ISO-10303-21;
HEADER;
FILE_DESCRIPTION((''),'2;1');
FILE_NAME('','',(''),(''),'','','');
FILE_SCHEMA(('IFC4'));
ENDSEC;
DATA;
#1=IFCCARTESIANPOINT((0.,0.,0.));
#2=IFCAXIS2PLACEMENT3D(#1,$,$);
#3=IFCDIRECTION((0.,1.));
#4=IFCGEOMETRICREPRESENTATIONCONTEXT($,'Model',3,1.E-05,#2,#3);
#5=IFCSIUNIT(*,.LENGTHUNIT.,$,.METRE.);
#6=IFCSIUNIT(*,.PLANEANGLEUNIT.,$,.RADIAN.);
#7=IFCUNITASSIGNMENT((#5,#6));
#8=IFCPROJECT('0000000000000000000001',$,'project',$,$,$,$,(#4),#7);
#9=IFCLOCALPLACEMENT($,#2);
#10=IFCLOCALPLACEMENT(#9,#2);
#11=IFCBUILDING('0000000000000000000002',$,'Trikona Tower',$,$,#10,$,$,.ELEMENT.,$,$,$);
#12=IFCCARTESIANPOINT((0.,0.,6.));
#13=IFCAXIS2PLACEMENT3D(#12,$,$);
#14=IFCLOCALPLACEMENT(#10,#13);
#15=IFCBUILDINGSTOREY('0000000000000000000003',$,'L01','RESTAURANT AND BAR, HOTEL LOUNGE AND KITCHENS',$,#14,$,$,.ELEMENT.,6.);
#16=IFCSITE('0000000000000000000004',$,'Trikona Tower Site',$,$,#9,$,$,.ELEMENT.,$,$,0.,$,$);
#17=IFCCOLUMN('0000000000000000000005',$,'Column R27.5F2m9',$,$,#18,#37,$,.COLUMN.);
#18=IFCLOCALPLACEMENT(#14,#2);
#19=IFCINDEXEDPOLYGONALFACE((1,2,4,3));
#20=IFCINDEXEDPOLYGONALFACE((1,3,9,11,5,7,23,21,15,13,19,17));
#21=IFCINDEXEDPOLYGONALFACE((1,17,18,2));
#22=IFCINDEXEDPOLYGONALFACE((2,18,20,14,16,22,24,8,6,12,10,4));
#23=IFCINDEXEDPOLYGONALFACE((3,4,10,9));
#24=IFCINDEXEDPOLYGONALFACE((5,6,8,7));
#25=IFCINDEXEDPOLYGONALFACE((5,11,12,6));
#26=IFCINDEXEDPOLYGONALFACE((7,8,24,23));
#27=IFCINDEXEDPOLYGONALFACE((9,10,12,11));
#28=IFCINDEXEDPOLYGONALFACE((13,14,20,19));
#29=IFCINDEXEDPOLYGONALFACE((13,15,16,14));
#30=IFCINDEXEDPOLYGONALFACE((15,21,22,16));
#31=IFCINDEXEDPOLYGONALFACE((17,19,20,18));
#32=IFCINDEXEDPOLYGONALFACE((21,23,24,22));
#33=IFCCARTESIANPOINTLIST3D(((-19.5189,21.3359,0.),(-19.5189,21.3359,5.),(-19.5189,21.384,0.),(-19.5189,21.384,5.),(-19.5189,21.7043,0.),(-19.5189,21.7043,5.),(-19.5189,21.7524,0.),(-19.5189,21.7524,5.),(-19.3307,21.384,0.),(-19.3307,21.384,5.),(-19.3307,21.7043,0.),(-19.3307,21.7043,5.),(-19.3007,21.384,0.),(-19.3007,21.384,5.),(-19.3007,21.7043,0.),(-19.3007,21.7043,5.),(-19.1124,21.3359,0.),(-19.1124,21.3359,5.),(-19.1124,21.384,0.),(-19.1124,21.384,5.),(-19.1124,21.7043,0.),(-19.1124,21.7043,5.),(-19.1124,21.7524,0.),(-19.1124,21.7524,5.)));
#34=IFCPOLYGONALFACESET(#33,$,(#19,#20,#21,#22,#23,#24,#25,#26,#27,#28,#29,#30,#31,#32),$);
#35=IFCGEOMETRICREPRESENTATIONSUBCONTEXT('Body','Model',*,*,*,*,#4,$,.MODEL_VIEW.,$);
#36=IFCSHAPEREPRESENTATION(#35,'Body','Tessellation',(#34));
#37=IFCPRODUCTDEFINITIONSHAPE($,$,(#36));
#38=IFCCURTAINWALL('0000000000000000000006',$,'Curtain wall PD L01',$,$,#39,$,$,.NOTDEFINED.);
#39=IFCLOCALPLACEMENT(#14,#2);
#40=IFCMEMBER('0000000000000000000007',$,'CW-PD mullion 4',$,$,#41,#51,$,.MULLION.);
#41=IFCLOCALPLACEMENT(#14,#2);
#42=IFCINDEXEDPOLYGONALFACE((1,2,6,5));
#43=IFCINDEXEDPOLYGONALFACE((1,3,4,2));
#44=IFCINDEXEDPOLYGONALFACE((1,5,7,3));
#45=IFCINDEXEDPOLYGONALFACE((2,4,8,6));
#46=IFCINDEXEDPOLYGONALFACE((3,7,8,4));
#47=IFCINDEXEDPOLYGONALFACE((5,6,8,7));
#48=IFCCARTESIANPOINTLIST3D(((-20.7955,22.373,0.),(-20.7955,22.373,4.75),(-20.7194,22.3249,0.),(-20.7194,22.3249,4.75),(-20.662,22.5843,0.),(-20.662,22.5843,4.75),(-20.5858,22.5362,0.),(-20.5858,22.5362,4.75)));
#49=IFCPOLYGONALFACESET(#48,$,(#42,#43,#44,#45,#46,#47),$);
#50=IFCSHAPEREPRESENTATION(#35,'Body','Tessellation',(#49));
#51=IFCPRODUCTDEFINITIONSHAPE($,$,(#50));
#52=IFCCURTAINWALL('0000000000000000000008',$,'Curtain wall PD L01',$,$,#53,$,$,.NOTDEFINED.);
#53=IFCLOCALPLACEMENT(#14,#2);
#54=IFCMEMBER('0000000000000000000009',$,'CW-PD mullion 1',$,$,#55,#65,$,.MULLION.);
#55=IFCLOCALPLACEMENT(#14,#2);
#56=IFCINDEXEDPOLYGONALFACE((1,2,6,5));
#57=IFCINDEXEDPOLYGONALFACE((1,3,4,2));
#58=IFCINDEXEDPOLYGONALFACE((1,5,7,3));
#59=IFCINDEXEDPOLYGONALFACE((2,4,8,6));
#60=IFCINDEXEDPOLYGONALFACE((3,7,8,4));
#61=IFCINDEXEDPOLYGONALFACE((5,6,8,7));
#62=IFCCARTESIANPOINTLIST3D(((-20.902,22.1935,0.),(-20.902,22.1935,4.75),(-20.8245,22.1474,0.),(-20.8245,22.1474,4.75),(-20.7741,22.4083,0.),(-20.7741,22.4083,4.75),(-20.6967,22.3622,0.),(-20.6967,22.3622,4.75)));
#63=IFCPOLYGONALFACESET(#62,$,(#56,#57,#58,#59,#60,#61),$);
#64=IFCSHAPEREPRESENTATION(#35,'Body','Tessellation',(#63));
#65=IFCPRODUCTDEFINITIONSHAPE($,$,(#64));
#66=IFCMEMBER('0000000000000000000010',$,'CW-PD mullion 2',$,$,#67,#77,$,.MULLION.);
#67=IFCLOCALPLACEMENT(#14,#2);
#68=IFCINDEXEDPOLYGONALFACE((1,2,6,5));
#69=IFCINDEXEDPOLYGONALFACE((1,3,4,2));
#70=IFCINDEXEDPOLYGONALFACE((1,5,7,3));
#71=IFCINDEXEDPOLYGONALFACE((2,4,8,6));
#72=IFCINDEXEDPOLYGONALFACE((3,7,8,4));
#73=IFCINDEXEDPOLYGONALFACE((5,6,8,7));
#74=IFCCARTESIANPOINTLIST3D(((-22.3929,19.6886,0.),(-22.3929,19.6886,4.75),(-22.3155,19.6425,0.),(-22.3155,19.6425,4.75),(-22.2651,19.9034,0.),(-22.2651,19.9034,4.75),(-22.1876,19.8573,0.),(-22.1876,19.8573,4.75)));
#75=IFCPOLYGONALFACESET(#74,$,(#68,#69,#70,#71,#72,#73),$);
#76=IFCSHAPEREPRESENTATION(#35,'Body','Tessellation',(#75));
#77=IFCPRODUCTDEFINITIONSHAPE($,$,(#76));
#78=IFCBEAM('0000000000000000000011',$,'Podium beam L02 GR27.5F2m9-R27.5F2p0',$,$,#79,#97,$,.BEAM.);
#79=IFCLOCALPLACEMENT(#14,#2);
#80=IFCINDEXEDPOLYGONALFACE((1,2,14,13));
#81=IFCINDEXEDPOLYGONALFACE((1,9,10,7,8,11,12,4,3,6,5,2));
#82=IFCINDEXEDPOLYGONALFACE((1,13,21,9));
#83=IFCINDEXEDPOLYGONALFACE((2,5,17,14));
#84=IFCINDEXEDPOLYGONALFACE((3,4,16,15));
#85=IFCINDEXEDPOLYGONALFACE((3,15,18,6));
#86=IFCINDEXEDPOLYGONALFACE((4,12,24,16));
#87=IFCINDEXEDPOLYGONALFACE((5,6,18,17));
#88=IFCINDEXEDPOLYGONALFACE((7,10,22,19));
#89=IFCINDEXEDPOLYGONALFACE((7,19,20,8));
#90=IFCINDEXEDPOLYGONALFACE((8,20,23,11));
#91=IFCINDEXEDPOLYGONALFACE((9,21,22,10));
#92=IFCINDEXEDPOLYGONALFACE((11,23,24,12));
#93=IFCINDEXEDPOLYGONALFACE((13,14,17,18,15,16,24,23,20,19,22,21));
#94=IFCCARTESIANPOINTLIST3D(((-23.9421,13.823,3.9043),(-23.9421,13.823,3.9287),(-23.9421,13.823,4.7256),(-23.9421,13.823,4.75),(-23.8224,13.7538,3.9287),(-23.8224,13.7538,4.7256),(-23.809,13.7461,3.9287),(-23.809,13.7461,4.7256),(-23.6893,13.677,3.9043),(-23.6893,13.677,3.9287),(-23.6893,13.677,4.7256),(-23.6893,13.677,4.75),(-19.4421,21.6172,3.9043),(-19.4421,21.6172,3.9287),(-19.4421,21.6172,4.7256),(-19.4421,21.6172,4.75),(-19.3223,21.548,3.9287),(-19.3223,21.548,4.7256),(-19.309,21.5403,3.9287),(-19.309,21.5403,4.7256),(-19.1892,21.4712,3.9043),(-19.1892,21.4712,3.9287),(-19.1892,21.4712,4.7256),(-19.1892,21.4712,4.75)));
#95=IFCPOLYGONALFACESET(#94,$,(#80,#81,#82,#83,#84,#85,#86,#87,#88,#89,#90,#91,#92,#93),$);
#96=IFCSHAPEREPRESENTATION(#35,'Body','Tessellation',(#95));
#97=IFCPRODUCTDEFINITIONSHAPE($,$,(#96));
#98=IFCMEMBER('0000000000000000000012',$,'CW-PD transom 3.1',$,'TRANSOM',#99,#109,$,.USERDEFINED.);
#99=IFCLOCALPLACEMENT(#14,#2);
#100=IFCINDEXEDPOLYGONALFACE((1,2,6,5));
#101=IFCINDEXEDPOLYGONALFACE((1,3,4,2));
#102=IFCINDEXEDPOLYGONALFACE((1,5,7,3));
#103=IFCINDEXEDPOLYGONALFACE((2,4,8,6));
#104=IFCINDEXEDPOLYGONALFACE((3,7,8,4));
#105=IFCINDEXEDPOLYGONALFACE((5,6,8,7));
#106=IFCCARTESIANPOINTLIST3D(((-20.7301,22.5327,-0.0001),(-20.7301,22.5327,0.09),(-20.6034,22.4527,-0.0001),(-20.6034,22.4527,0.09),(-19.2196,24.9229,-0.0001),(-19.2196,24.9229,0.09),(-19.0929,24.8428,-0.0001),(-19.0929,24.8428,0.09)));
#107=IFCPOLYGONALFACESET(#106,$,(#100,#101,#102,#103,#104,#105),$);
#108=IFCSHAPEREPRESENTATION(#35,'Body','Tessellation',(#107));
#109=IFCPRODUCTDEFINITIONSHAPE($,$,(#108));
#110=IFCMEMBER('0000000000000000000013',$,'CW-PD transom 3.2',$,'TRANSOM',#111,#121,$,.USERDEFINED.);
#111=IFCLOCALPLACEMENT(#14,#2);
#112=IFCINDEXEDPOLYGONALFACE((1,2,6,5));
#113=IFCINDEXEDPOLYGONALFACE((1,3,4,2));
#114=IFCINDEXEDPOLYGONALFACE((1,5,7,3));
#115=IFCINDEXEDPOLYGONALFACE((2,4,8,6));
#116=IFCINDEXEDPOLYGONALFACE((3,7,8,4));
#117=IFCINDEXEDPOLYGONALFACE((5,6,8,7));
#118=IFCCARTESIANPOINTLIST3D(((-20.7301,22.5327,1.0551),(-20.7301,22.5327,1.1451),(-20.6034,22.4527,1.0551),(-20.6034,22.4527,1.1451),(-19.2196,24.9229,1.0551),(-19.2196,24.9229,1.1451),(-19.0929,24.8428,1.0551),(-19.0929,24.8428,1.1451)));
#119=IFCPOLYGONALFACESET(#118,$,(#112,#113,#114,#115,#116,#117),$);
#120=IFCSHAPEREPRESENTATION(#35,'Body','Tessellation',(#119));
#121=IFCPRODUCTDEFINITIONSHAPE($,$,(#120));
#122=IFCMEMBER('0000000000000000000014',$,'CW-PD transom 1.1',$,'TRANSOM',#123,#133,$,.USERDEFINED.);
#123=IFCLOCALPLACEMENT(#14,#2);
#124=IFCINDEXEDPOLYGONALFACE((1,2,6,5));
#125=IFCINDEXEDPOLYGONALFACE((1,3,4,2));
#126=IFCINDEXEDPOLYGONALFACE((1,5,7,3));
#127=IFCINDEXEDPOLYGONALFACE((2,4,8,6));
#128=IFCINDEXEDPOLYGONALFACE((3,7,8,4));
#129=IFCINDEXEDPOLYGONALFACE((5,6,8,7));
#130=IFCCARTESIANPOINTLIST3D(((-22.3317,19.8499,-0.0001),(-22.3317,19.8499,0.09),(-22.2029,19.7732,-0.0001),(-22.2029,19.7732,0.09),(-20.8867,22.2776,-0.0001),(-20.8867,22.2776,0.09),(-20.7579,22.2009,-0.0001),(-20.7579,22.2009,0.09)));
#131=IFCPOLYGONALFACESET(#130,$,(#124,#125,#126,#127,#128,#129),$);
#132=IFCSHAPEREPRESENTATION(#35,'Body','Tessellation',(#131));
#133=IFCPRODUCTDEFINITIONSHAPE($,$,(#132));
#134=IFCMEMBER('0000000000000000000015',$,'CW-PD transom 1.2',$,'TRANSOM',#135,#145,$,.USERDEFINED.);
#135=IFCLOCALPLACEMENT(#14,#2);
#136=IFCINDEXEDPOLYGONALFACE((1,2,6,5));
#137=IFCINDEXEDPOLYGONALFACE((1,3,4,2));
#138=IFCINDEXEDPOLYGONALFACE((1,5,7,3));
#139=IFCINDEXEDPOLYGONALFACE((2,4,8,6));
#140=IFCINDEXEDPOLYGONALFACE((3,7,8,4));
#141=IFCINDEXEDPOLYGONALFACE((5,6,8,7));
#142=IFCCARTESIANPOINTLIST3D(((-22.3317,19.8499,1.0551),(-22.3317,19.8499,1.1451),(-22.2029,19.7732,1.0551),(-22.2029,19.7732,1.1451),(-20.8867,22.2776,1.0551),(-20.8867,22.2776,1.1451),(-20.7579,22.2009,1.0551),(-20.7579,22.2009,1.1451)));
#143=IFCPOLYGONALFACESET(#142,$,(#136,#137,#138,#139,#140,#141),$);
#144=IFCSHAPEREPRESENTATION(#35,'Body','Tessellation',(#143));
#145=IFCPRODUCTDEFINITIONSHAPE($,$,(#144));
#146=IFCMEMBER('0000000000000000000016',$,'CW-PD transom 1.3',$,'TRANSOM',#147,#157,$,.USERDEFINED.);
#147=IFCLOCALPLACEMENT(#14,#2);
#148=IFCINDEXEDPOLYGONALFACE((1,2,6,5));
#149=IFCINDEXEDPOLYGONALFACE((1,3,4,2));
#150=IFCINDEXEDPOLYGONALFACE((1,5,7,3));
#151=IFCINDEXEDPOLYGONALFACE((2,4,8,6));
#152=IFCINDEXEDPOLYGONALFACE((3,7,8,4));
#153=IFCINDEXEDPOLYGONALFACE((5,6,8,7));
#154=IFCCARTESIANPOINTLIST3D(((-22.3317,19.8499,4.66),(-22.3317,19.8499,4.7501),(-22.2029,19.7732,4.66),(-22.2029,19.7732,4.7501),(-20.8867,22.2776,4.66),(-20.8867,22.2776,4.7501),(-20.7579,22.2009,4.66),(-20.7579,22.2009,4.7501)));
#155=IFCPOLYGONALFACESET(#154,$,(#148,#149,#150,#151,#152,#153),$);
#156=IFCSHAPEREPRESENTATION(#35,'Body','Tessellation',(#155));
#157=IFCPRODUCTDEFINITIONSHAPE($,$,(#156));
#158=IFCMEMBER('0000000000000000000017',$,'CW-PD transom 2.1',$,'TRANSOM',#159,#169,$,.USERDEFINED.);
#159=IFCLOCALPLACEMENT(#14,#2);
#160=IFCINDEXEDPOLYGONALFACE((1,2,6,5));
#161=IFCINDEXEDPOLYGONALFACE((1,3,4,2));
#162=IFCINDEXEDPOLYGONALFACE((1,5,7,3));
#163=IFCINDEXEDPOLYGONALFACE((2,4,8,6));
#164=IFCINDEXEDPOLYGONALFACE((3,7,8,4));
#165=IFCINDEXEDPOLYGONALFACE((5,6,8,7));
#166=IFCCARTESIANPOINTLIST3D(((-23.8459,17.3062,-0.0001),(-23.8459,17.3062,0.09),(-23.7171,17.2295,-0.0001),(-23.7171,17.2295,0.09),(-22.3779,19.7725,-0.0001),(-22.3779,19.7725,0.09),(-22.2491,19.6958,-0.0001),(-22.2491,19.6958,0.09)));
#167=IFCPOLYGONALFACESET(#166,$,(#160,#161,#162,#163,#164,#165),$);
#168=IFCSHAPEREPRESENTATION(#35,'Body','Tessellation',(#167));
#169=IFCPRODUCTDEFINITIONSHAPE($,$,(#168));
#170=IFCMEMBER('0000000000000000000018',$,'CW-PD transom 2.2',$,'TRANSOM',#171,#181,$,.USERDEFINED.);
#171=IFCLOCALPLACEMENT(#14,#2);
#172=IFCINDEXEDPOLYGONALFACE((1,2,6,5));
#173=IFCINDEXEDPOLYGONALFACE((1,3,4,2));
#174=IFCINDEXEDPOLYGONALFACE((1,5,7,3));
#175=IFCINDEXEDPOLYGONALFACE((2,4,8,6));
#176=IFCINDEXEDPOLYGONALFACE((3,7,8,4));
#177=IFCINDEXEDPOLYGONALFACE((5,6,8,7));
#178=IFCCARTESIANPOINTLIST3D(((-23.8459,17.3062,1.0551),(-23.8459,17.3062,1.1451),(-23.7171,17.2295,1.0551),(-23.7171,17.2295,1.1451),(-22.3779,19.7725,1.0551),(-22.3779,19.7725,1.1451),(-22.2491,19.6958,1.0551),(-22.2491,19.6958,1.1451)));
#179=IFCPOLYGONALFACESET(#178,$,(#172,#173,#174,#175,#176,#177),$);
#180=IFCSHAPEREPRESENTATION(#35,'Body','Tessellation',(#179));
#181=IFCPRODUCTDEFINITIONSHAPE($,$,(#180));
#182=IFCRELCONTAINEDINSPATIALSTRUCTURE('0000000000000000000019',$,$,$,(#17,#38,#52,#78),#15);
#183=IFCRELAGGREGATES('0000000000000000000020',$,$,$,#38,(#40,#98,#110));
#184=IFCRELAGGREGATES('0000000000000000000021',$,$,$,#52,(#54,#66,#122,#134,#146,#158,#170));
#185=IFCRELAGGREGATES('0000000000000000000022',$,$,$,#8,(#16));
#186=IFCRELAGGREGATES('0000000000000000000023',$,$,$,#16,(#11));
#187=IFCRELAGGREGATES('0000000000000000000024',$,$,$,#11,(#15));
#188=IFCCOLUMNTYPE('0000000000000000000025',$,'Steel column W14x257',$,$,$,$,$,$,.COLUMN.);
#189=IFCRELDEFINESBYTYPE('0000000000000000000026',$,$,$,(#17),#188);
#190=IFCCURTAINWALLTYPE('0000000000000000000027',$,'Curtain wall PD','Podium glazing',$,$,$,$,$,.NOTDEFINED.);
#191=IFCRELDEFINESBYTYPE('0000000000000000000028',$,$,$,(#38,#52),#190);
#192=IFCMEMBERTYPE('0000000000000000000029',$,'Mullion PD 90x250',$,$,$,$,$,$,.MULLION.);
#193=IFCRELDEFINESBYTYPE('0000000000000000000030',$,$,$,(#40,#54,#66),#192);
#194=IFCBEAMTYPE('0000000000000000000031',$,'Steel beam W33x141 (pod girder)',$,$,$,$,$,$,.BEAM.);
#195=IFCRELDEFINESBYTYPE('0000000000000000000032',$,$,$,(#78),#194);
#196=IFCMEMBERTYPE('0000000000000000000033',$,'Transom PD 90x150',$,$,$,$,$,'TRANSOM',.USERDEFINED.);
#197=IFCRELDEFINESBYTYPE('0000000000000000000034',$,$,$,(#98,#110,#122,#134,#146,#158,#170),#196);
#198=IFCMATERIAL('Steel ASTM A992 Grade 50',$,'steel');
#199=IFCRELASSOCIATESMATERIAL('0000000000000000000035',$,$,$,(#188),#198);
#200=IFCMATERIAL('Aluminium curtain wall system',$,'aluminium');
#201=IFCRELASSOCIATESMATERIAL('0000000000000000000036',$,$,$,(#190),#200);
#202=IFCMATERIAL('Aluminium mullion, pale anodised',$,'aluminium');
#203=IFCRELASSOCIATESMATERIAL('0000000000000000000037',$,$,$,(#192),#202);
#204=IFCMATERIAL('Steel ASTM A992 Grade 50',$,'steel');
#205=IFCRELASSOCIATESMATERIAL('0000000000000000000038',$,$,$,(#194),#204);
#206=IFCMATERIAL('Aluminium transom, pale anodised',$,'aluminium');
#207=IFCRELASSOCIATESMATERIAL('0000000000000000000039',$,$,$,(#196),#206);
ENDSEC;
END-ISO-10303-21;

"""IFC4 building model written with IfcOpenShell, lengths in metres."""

from ifc_helpers import new_model, si_unit, direction, frame, origin, origin_2d, place, context, subcontext, project, spatial, rectangle, i_section, extrude, material, material_profile, profile_set, type_object, element, aggregate, save


model = new_model("IFC4")

# Units and contexts
model_context = context("Model", 3, precision=1e-05, world=origin(), true_north=direction((0.0, 1.0)))
body_context = subcontext(model_context, "Body", "Model", "MODEL_VIEW")
ifc_project = project(units=[si_unit("LENGTHUNIT", "METRE"), si_unit("PLANEANGLEUNIT", "RADIAN")], contexts=[model_context])

# Site, building, storey
site_placement = place(None, origin())
site = spatial("IfcSite", under=ifc_project, at=site_placement, Name="Trikona Tower Site", CompositionType="ELEMENT", RefElevation=0.0)
building_placement = place(site_placement, origin())
building = spatial("IfcBuilding", under=site, at=building_placement, Name="Trikona Tower", CompositionType="ELEMENT")
storey_placement = place(building_placement, frame((0.0, 0.0, 6.0)))
storey = spatial("IfcBuildingStorey", under=building, at=storey_placement, Name="L01", Description="RESTAURANT AND BAR, HOTEL LOUNGE AND KITCHENS", CompositionType="ELEMENT", Elevation=6.0)

# Column
ifc_material_1 = material(Name="Steel ASTM A992 Grade 50", Category="steel")
ifc_material_profile_1 = material_profile(ifc_material_1, i_section(OverallWidth=0.4065, OverallDepth=0.4165, WebThickness=0.03, FlangeThickness=0.0481, at=origin_2d()), Name="W14X257")
ifc_profile_set_1 = profile_set([ifc_material_profile_1], Name="Steel ASTM A992 Grade 50")
column_type = type_object("IfcColumnType", Name="Steel column W14x257", PredefinedType="COLUMN", material=ifc_profile_set_1)
column_placement = place(storey_placement, frame((-19.3157, 21.5442, 0.0), z_axis=(0.0, 0.0, 1.0), x_axis=(1.0, 0.0, 0.0)))
element("IfcColumn", 1, at=column_placement, inside=storey, type_object=column_type, Name="Column R27.5F2m9", PredefinedType="COLUMN", context=body_context, shape_type="SweptSolid", body=[
    extrude(i_section(OverallWidth=0.4065, OverallDepth=0.4165, WebThickness=0.03, FlangeThickness=0.0481, at=origin_2d()), origin(), (0.0, 0.0, 1.0), 5.0),
])

# Curtain wall, member
ifc_material_2 = material(Name="Aluminium curtain wall system", Category="aluminium")
curtain_wall_type = type_object("IfcCurtainWallType", Name="Curtain wall PD", Description="Podium glazing", PredefinedType="NOTDEFINED", material=ifc_material_2)
curtain_wall_1_placement = place(storey_placement, origin())
curtain_wall_1 = element("IfcCurtainWall", 2, at=curtain_wall_1_placement, inside=storey, type_object=curtain_wall_type, Name="Curtain wall PD L01", PredefinedType="NOTDEFINED")
ifc_material_3 = material(Name="Aluminium mullion, pale anodised", Category="aluminium")
ifc_material_profile_2 = material_profile(ifc_material_3, rectangle(XDim=0.0901, YDim=0.25, at=origin_2d()), Name="MUL-PD")
ifc_profile_set_2 = profile_set([ifc_material_profile_2], Name="Aluminium mullion, pale anodised")
member_type_1 = type_object("IfcMemberType", Name="Mullion PD 90x250", PredefinedType="MULLION", material=ifc_profile_set_2)
member_1_placement = place(storey_placement, frame((-20.6907, 22.4546, 0.0), z_axis=(0.0, 0.0, 1.0), x_axis=(0.845348, -0.534216, 0.0)))
member_1 = element("IfcMember", 3, at=member_1_placement, type_object=member_type_1, Name="CW-PD mullion 4", PredefinedType="MULLION", context=body_context, shape_type="SweptSolid", body=[
    extrude(rectangle(XDim=0.0901, YDim=0.25, at=origin_2d()), origin(), (0.0, 0.0, 1.0), 4.75),
])

# Curtain wall, members
curtain_wall_2_placement = place(storey_placement, origin())
curtain_wall_2 = element("IfcCurtainWall", 4, at=curtain_wall_2_placement, inside=storey, type_object=curtain_wall_type, Name="Curtain wall PD L01", PredefinedType="NOTDEFINED")
member_2_placement = place(storey_placement, frame((-20.7993, 22.2778, 0.0), z_axis=(0.0, 0.0, 1.0), x_axis=(0.859284, -0.511499, 0.0)))
member_2 = element("IfcMember", 5, at=member_2_placement, type_object=member_type_1, Name="CW-PD mullion 1", PredefinedType="MULLION", context=body_context, shape_type="SweptSolid", body=[
    extrude(rectangle(XDim=0.0901, YDim=0.25, at=origin_2d()), origin(), (0.0, 0.0, 1.0), 4.75),
])
member_3_placement = place(storey_placement, frame((-22.2903, 19.7729, 0.0), z_axis=(0.0, 0.0, 1.0), x_axis=(0.859284, -0.511499, 0.0)))
member_3 = element("IfcMember", 6, at=member_3_placement, type_object=member_type_1, Name="CW-PD mullion 2", PredefinedType="MULLION", context=body_context, shape_type="SweptSolid", body=[
    extrude(rectangle(XDim=0.0901, YDim=0.25, at=origin_2d()), origin(), (0.0, 0.0, 1.0), 4.75),
])

# Beam
ifc_material_4 = material(Name="Steel ASTM A992 Grade 50", Category="steel")
ifc_material_profile_3 = material_profile(ifc_material_4, i_section(OverallWidth=0.292, OverallDepth=0.8457, WebThickness=0.0154, FlangeThickness=0.0244, at=origin_2d()), Name="W33X141")
ifc_profile_set_3 = profile_set([ifc_material_profile_3], Name="Steel ASTM A992 Grade 50")
beam_type = type_object("IfcBeamType", Name="Steel beam W33x141 (pod girder)", PredefinedType="BEAM", material=ifc_profile_set_3)
beam_placement = place(storey_placement, frame((-19.3157, 21.5442, 4.3271), z_axis=(-0.500002, -0.866024, 0.0), x_axis=(0.866024, -0.500002, 0.0)))
element("IfcBeam", 7, at=beam_placement, inside=storey, type_object=beam_type, Name="Podium beam L02 GR27.5F2m9-R27.5F2p0", PredefinedType="BEAM", context=body_context, shape_type="SweptSolid", body=[
    extrude(i_section(OverallWidth=0.292, OverallDepth=0.8457, WebThickness=0.0154, FlangeThickness=0.0244, at=origin_2d()), origin(), (0.0, 0.0, 1.0), 9.0),
])

# Members
ifc_material_5 = material(Name="Aluminium transom, pale anodised", Category="aluminium")
ifc_material_profile_4 = material_profile(ifc_material_5, rectangle(XDim=0.1499, YDim=0.0901, at=origin_2d()), Name="TRN-PD")
ifc_profile_set_4 = profile_set([ifc_material_profile_4], Name="Aluminium transom, pale anodised")
member_type_2 = type_object("IfcMemberType", Name="Transom PD 90x150", ElementType="TRANSOM", PredefinedType="USERDEFINED", material=ifc_profile_set_4)
member_4_placement = place(storey_placement, frame((-19.1562, 24.8828, 0.0449), z_axis=(-0.53423, -0.845339, 0.0), x_axis=(0.845339, -0.53423, 0.0)))
member_4 = element("IfcMember", 8, at=member_4_placement, type_object=member_type_2, Name="CW-PD transom 3.1", ObjectType="TRANSOM", PredefinedType="USERDEFINED", context=body_context, shape_type="SweptSolid", body=[
    extrude(rectangle(XDim=0.1499, YDim=0.0901, at=origin_2d()), origin(), (0.0, 0.0, 1.0), 2.8274),
])
member_5_placement = place(storey_placement, frame((-19.1562, 24.8828, 1.1001), z_axis=(-0.53423, -0.845339, 0.0), x_axis=(0.845339, -0.53423, 0.0)))
member_5 = element("IfcMember", 9, at=member_5_placement, type_object=member_type_2, Name="CW-PD transom 3.2", ObjectType="TRANSOM", PredefinedType="USERDEFINED", context=body_context, shape_type="SweptSolid", body=[
    extrude(rectangle(XDim=0.1499, YDim=0.0901, at=origin_2d()), origin(), (0.0, 0.0, 1.0), 2.8274),
])
member_6_placement = place(storey_placement, frame((-20.8223, 22.2393, 0.0449), z_axis=(-0.511481, -0.859295, 0.0), x_axis=(0.859295, -0.511481, 0.0)))
member_6 = element("IfcMember", 10, at=member_6_placement, type_object=member_type_2, Name="CW-PD transom 1.1", ObjectType="TRANSOM", PredefinedType="USERDEFINED", context=body_context, shape_type="SweptSolid", body=[
    extrude(rectangle(XDim=0.1499, YDim=0.0901, at=origin_2d()), origin(), (0.0, 0.0, 1.0), 2.8252),
])
member_7_placement = place(storey_placement, frame((-20.8223, 22.2393, 1.1001), z_axis=(-0.511481, -0.859295, 0.0), x_axis=(0.859295, -0.511481, 0.0)))
member_7 = element("IfcMember", 11, at=member_7_placement, type_object=member_type_2, Name="CW-PD transom 1.2", ObjectType="TRANSOM", PredefinedType="USERDEFINED", context=body_context, shape_type="SweptSolid", body=[
    extrude(rectangle(XDim=0.1499, YDim=0.0901, at=origin_2d()), origin(), (0.0, 0.0, 1.0), 2.8252),
])
member_8_placement = place(storey_placement, frame((-20.8223, 22.2393, 4.7051), z_axis=(-0.511481, -0.859295, 0.0), x_axis=(0.859295, -0.511481, 0.0)))
member_8 = element("IfcMember", 12, at=member_8_placement, type_object=member_type_2, Name="CW-PD transom 1.3", ObjectType="TRANSOM", PredefinedType="USERDEFINED", context=body_context, shape_type="SweptSolid", body=[
    extrude(rectangle(XDim=0.1499, YDim=0.0901, at=origin_2d()), origin(), (0.0, 0.0, 1.0), 2.8252),
])
member_9_placement = place(storey_placement, frame((-22.3135, 19.7341, 0.0449), z_axis=(-0.511478, -0.859296, 0.0), x_axis=(0.859296, -0.511478, 0.0)))
member_9 = element("IfcMember", 13, at=member_9_placement, type_object=member_type_2, Name="CW-PD transom 2.1", ObjectType="TRANSOM", PredefinedType="USERDEFINED", context=body_context, shape_type="SweptSolid", body=[
    extrude(rectangle(XDim=0.1499, YDim=0.0901, at=origin_2d()), origin(), (0.0, 0.0, 1.0), 2.8701),
])
member_10_placement = place(storey_placement, frame((-22.3135, 19.7341, 1.1001), z_axis=(-0.511478, -0.859296, 0.0), x_axis=(0.859296, -0.511478, 0.0)))
member_10 = element("IfcMember", 14, at=member_10_placement, type_object=member_type_2, Name="CW-PD transom 2.2", ObjectType="TRANSOM", PredefinedType="USERDEFINED", context=body_context, shape_type="SweptSolid", body=[
    extrude(rectangle(XDim=0.1499, YDim=0.0901, at=origin_2d()), origin(), (0.0, 0.0, 1.0), 2.8701),
])

aggregate(curtain_wall_1, [member_1, member_4, member_5])
aggregate(curtain_wall_2, [member_2, member_3, member_6, member_7, member_8, member_9, member_10])

save(model, "model.ifc")
